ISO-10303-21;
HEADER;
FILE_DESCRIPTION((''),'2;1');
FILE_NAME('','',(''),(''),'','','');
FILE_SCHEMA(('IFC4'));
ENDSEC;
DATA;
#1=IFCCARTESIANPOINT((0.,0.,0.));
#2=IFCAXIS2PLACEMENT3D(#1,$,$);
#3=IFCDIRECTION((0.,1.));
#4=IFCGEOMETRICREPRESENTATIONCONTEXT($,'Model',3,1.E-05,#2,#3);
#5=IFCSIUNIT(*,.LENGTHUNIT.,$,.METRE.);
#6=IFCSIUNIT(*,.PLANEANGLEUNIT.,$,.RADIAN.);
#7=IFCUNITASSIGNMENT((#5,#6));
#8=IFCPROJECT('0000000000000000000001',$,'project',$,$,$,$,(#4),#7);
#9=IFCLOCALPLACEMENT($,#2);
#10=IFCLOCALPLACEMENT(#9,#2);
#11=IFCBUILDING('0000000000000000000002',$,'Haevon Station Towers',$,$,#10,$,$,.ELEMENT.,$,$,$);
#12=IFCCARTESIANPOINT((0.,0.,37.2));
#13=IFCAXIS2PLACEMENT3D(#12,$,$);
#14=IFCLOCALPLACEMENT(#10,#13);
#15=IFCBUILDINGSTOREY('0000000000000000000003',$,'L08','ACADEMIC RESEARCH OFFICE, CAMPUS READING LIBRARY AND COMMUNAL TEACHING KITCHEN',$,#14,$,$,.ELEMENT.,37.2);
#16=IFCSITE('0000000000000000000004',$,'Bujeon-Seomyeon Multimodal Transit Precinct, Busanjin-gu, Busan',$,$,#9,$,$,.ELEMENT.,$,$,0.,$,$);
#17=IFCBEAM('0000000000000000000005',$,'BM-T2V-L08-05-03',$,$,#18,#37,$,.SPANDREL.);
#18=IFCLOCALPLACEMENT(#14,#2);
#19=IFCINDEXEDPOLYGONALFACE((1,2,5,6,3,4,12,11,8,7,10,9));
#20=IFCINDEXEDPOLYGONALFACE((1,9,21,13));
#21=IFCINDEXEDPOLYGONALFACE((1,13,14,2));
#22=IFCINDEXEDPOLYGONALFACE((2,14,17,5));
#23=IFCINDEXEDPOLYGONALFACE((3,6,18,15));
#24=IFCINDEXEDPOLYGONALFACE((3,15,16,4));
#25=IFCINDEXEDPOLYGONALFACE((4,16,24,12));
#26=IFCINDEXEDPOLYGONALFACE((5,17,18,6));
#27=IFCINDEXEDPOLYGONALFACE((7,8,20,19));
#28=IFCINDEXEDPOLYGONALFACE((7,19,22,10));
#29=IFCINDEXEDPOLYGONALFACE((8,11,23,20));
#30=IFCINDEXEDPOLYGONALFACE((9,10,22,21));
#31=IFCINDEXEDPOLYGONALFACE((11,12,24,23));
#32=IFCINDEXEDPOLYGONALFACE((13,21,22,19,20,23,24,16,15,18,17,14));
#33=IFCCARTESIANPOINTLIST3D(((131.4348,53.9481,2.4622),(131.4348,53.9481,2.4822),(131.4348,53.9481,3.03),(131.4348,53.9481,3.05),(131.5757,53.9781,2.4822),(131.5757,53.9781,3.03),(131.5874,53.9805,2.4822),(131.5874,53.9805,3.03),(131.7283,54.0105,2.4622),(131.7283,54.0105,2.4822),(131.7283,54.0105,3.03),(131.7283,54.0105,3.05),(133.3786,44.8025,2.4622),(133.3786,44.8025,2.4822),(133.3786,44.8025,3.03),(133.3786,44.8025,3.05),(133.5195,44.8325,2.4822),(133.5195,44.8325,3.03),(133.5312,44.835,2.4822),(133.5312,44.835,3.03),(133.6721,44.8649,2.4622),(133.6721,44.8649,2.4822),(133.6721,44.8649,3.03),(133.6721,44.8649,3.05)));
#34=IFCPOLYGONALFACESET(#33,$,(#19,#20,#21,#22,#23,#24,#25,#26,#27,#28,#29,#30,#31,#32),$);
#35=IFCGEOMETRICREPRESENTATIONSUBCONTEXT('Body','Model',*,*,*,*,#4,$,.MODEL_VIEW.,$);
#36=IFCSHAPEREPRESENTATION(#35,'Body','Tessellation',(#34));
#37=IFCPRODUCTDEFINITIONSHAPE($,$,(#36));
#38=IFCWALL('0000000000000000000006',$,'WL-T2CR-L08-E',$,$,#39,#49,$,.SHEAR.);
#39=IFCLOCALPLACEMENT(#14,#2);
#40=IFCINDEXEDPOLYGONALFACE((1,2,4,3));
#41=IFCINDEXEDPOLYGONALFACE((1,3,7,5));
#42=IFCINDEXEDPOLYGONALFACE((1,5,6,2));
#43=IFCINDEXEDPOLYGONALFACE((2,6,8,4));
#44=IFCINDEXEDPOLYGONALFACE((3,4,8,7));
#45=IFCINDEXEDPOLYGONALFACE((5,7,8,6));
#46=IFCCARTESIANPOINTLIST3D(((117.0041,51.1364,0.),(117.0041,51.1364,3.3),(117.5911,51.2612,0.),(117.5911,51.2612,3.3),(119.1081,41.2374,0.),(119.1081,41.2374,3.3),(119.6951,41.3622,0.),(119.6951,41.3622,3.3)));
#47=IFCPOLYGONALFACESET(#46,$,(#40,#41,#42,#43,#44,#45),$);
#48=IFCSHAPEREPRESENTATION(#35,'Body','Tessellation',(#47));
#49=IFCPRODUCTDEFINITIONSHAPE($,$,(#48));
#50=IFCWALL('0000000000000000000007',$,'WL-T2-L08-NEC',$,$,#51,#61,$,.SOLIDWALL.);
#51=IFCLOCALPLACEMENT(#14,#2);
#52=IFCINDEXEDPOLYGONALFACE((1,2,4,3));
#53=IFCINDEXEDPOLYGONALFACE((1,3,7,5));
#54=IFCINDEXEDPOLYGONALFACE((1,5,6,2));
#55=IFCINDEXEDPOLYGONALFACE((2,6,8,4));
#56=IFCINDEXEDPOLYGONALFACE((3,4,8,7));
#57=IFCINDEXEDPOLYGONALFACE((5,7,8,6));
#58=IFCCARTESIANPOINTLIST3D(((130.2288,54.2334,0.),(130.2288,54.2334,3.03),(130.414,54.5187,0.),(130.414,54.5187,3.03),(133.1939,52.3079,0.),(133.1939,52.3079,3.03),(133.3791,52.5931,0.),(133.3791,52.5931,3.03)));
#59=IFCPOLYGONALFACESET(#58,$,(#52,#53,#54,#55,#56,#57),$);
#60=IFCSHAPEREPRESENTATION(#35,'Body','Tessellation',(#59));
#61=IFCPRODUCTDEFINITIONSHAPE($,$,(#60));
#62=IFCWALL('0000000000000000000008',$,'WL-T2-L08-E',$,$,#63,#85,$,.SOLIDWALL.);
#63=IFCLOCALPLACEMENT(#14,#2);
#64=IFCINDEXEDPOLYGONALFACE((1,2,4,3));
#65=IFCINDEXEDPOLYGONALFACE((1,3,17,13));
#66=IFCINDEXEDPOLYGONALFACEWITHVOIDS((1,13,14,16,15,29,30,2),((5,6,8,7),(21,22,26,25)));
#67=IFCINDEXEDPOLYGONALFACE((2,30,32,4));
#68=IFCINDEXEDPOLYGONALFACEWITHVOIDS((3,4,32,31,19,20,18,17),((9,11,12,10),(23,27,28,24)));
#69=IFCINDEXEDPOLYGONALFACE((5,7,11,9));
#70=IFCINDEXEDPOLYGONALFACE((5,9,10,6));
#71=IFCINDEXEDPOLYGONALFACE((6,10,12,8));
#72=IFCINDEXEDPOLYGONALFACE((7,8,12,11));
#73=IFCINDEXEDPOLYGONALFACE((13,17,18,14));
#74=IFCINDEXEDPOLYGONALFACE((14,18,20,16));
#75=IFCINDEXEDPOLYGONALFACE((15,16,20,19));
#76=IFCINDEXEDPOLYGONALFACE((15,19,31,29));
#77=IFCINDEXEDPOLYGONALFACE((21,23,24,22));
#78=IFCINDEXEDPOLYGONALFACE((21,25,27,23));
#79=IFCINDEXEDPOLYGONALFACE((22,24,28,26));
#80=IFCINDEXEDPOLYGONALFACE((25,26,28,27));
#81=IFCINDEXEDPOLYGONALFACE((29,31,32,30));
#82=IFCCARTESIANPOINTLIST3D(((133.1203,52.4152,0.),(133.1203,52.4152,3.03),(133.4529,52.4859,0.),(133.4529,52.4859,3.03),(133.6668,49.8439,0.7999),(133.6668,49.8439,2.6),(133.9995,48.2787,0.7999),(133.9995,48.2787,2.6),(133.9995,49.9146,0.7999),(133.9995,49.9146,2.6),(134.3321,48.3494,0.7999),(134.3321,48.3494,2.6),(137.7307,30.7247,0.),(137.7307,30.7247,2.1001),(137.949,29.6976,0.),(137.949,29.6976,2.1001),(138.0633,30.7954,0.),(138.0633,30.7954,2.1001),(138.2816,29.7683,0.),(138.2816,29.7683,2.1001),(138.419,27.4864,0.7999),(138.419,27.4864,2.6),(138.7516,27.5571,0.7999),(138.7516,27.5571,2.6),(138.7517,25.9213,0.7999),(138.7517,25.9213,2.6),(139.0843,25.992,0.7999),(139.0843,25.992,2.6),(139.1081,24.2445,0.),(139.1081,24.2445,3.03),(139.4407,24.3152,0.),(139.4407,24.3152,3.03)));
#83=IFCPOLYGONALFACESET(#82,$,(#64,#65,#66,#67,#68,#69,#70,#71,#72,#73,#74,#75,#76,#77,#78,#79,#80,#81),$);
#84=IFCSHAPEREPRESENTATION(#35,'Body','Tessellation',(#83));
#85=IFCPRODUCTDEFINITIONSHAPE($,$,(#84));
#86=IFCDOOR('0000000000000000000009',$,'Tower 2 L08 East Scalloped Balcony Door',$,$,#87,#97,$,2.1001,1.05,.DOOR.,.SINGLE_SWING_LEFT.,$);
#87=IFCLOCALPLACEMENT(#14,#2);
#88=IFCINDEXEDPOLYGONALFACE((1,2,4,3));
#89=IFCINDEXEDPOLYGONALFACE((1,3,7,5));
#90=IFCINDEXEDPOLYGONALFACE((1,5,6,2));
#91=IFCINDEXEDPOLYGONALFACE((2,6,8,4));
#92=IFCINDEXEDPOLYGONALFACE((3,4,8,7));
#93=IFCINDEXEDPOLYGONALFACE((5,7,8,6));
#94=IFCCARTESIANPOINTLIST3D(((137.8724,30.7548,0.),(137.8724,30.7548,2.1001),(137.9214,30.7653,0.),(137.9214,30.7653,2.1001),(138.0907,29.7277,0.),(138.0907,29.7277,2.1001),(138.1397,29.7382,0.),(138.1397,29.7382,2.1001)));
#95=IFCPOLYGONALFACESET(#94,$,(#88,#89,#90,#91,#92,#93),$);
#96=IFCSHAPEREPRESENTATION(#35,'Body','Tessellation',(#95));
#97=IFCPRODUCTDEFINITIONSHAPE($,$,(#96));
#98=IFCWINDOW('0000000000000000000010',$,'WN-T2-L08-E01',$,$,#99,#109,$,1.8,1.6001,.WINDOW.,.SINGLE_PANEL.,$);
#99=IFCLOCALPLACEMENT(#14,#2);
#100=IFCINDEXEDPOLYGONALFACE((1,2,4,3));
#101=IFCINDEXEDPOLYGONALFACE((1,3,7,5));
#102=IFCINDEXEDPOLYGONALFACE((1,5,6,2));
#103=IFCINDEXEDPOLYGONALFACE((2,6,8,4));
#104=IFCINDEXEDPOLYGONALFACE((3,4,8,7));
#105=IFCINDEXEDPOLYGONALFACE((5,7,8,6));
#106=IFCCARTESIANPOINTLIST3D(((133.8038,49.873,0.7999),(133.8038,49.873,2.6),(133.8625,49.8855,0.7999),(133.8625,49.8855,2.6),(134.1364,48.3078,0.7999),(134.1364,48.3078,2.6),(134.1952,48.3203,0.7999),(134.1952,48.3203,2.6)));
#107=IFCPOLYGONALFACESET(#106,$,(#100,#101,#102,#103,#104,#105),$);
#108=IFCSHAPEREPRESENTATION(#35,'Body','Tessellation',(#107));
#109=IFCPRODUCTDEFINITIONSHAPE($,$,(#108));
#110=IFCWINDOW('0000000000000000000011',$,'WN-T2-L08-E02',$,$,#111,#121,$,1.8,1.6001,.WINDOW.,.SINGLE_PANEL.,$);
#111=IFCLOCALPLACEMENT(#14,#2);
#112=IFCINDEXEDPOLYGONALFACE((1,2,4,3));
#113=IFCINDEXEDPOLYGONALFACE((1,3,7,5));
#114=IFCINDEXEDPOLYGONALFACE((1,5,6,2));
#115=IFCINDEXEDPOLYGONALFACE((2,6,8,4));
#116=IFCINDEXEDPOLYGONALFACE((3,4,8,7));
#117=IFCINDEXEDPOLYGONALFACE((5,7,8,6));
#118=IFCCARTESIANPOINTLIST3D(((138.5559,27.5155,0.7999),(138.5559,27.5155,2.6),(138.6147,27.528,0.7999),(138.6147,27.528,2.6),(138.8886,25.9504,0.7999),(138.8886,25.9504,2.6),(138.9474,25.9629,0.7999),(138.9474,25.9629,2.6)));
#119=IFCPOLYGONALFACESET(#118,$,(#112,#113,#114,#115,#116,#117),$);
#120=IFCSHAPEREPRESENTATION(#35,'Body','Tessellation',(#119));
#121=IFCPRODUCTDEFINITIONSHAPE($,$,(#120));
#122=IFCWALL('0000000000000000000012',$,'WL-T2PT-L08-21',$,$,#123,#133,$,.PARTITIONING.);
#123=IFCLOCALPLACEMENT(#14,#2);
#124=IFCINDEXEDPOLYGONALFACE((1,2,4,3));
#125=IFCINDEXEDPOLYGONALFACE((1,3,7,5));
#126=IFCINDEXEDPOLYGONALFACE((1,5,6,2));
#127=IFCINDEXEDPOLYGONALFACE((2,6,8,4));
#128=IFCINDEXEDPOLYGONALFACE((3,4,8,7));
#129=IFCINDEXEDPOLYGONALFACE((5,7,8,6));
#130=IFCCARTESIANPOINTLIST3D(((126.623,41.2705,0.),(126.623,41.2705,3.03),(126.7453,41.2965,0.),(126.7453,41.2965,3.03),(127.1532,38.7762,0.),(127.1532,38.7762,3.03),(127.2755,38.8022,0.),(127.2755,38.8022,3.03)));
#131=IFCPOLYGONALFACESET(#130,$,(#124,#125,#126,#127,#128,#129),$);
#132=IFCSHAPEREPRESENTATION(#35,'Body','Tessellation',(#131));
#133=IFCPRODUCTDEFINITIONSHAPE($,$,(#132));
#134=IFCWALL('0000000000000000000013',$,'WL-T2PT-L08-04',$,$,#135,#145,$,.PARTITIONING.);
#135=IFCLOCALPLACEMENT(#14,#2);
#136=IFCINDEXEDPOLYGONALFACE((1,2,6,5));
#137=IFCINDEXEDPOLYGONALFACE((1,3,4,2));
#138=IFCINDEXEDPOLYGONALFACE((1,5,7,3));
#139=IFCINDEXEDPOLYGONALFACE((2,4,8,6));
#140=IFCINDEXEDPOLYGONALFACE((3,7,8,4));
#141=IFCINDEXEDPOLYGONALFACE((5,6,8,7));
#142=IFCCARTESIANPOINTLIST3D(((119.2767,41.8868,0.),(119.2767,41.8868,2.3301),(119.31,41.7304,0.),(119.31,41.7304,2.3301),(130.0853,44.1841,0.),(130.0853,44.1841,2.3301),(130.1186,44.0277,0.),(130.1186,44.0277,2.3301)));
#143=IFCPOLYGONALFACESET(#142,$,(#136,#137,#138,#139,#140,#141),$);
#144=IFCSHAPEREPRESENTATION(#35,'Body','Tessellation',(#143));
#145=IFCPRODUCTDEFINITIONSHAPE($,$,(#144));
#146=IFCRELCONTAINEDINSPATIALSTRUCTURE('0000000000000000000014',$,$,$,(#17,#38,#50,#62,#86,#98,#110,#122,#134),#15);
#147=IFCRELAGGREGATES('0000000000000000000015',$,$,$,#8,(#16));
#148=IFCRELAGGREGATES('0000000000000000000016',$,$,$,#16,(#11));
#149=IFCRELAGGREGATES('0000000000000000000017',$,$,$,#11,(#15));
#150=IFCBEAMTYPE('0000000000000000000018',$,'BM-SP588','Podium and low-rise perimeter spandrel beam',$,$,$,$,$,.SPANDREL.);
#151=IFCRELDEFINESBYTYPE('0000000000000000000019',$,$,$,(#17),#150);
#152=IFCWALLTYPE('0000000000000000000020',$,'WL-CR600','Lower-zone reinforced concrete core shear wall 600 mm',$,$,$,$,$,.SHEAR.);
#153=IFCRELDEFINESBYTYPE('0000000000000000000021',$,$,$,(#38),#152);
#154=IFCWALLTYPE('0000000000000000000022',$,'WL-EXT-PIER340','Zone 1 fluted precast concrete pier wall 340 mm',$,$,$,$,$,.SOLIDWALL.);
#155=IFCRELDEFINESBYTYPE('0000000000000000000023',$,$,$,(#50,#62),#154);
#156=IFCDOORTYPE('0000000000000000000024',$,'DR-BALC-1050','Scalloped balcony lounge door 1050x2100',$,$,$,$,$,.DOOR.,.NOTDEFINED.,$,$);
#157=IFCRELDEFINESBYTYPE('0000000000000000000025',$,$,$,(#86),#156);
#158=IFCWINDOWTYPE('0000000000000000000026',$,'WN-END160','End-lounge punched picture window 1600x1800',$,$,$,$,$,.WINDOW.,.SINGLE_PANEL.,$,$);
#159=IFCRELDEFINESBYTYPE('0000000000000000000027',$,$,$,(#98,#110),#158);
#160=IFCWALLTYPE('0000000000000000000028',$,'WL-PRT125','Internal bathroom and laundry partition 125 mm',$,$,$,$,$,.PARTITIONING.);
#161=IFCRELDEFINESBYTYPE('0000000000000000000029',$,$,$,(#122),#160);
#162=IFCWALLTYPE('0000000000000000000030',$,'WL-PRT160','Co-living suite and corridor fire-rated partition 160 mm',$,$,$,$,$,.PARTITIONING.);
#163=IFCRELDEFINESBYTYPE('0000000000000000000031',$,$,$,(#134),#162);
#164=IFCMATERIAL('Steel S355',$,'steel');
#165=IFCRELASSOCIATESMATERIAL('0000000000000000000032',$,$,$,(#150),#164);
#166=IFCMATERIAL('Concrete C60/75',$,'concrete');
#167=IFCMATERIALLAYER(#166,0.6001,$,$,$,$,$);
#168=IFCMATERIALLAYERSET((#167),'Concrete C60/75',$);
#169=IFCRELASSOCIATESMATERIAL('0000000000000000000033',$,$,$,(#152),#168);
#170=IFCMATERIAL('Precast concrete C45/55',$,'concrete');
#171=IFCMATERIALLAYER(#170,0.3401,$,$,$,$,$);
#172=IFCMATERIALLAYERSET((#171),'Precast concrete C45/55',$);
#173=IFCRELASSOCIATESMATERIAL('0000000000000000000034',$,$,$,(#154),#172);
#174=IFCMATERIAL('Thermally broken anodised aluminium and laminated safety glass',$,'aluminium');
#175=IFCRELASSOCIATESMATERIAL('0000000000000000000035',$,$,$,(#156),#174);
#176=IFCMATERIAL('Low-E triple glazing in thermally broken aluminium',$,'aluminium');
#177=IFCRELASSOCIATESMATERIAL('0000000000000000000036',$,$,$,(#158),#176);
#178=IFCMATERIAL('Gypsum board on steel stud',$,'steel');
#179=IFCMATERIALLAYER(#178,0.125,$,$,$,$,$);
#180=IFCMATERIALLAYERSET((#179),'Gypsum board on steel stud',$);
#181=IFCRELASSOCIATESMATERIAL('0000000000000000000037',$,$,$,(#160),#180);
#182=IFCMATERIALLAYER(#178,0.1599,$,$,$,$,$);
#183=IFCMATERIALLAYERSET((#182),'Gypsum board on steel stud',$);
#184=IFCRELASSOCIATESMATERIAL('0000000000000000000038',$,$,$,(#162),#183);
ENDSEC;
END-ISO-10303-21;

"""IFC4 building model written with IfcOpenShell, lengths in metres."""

from ifc_helpers import new_model, si_unit, direction, frame, frame_2d, origin, origin_2d, place, context, subcontext, project, spatial, rectangle, i_section, extrude, material, layer, layer_set, material_profile, profile_set, type_object, element, fill, save


model = new_model("IFC4")

# Units and contexts
model_context = context("Model", 3, precision=1e-05, world=origin(), true_north=direction((0.0, 1.0)))
body_context = subcontext(model_context, "Body", "Model", "MODEL_VIEW")
ifc_project = project(units=[si_unit("LENGTHUNIT", "METRE"), si_unit("PLANEANGLEUNIT", "RADIAN")], contexts=[model_context])

# Site, building, storey
site_placement = place(None, origin())
site = spatial("IfcSite", under=ifc_project, at=site_placement, Name="Bujeon-Seomyeon Multimodal Transit Precinct, Busanjin-gu, Busan", CompositionType="ELEMENT", RefElevation=0.0)
building_placement = place(site_placement, origin())
building = spatial("IfcBuilding", under=site, at=building_placement, Name="Haevon Station Towers", CompositionType="ELEMENT")
storey_placement = place(building_placement, frame((0.0, 0.0, 37.2)))
storey = spatial("IfcBuildingStorey", under=building, at=storey_placement, Name="L08", Description="ACADEMIC RESEARCH OFFICE, CAMPUS READING LIBRARY AND COMMUNAL TEACHING KITCHEN", CompositionType="ELEMENT", Elevation=37.2)

# Beam
ifc_material_1 = material(Name="Steel S355", Category="steel")
ifc_material_profile_1 = material_profile(ifc_material_1, i_section(OverallWidth=0.3, OverallDepth=0.5879, WebThickness=0.012, FlangeThickness=0.02, at=origin_2d()), Name="H-588x300x12x20")
ifc_profile_set_1 = profile_set([ifc_material_profile_1], Name="Steel S355")
beam_type_1 = type_object("IfcBeamType", Name="BM-SP588", Description="Podium and low-rise perimeter spandrel beam", PredefinedType="SPANDREL", material=ifc_profile_set_1)
beam_1_placement = place(storey_placement, frame((133.5254, 44.8337, 2.7561), z_axis=(-0.207902, 0.97815, 0.0), x_axis=(-0.97815, -0.207902, 0.0)))
element("IfcBeam", 1, at=beam_1_placement, inside=storey, type_object=beam_type_1, Name="BM-T2V-L08-05-03", PredefinedType="SPANDREL", context=body_context, shape_type="SweptSolid", body=[
    extrude(i_section(OverallWidth=0.3, OverallDepth=0.5879, WebThickness=0.012, FlangeThickness=0.02, at=origin_2d()), origin(), (0.0, 0.0, 1.0), 9.3499),
])

# Walls
ifc_material_2 = material(Name="Concrete C60/75", Category="concrete")
ifc_layer_1 = layer(ifc_material_2, 0.6001)
ifc_layer_set_1 = layer_set([ifc_layer_1], Name="Concrete C60/75")
wall_type_1 = type_object("IfcWallType", Name="WL-CR600", Description="Lower-zone reinforced concrete core shear wall 600 mm", PredefinedType="SHEAR", material=ifc_layer_set_1)
wall_1_placement = place(storey_placement, frame((119.4016, 41.2998, 0.0), z_axis=(0.0, 0.0, 1.0), x_axis=(-0.207904, 0.978149, 0.0)))
element("IfcWall", 2, at=wall_1_placement, inside=storey, type_object=wall_type_1, Name="WL-T2CR-L08-E", PredefinedType="SHEAR", context=body_context, shape_type="SweptSolid", body=[
    extrude(rectangle(XDim=10.1201, YDim=0.6001, at=frame_2d((5.0601, 0.0))), origin(), (0.0, 0.0, 1.0), 3.3),
])
ifc_material_3 = material(Name="Precast concrete C45/55", Category="concrete")
ifc_layer_2 = layer(ifc_material_3, 0.3401)
ifc_layer_set_2 = layer_set([ifc_layer_2], Name="Precast concrete C45/55")
wall_type_2 = type_object("IfcWallType", Name="WL-EXT-PIER340", Description="Zone 1 fluted precast concrete pier wall 340 mm", PredefinedType="SOLIDWALL", material=ifc_layer_set_2)
wall_2_placement = place(storey_placement, frame((130.3215, 54.376, 0.0), z_axis=(0.0, 0.0, 1.0), x_axis=(0.838672, -0.544636, 0.0)))
element("IfcWall", 3, at=wall_2_placement, inside=storey, type_object=wall_type_2, Name="WL-T2-L08-NEC", PredefinedType="SOLIDWALL", context=body_context, shape_type="SweptSolid", body=[
    extrude(rectangle(XDim=3.5354, YDim=0.3401, at=frame_2d((1.7676, 0.0))), origin(), (0.0, 0.0, 1.0), 3.03),
])

# Wall, openings, door, windows
wall_3_placement = place(storey_placement, frame((133.2866, 52.4504, 0.0), z_axis=(0.0, 0.0, 1.0), x_axis=(0.20791, -0.978148, 0.0)))
wall_3 = element("IfcWall", 4, at=wall_3_placement, inside=storey, type_object=wall_type_2, Name="WL-T2-L08-E", PredefinedType="SOLIDWALL", context=body_context, shape_type="SweptSolid", body=[
    extrude(rectangle(XDim=28.8, YDim=0.3401, at=frame_2d((14.3999, 0.0))), origin(), (0.0, 0.0, 1.0), 3.03),
])
opening_1_placement = place(wall_3_placement, frame((22.175, 0.0, 0.0)))
opening_1 = element("IfcOpeningElement", 5, at=opening_1_placement, cuts=wall_3, PredefinedType="OPENING", context=body_context, shape_type="SweptSolid", body=[
    extrude(rectangle(XDim=1.05, YDim=2.1001, at=frame_2d((0.5249, 1.05))), frame((0.0, 0.1799, 0.0), z_axis=(0.0, -1.0, 0.0), x_axis=(1.0, 0.0, 0.0)), (0.0, 0.0, 1.0), 0.3601),
])
opening_2_placement = place(wall_3_placement, frame((2.6287, 0.0, 0.8)))
opening_2 = element("IfcOpeningElement", 6, at=opening_2_placement, cuts=wall_3, PredefinedType="OPENING", context=body_context, shape_type="SweptSolid", body=[
    extrude(rectangle(XDim=1.6001, YDim=1.8, at=frame_2d((0.8, 0.8999))), frame((0.0, 0.1799, 0.0), z_axis=(0.0, -1.0, 0.0), x_axis=(1.0, 0.0, 0.0)), (0.0, 0.0, 1.0), 0.3601),
])
opening_3_placement = place(wall_3_placement, frame((25.4856, 0.0, 0.8)))
opening_3 = element("IfcOpeningElement", 7, at=opening_3_placement, cuts=wall_3, PredefinedType="OPENING", context=body_context, shape_type="SweptSolid", body=[
    extrude(rectangle(XDim=1.6001, YDim=1.8, at=frame_2d((0.8, 0.8999))), frame((0.0, 0.1799, 0.0), z_axis=(0.0, -1.0, 0.0), x_axis=(1.0, 0.0, 0.0)), (0.0, 0.0, 1.0), 0.3601),
])
ifc_material_4 = material(Name="Thermally broken anodised aluminium and laminated safety glass", Category="aluminium")
door_type = type_object("IfcDoorType", Name="DR-BALC-1050", Description="Scalloped balcony lounge door 1050x2100", OperationType="NOTDEFINED", PredefinedType="DOOR", material=ifc_material_4)
door_placement = place(opening_1_placement, origin())
door = element("IfcDoor", 8, at=door_placement, inside=storey, type_object=door_type, Name="Tower 2 L08 East Scalloped Balcony Door", OperationType="SINGLE_SWING_LEFT", OverallHeight=2.1001, OverallWidth=1.05, PredefinedType="DOOR", context=body_context, shape_type="SweptSolid", body=[
    extrude(rectangle(XDim=1.05, YDim=2.1001, at=frame_2d((0.5249, 1.05))), frame((0.0, 0.0249, 0.0), z_axis=(0.0, -1.0, 0.0), x_axis=(1.0, 0.0, 0.0)), (0.0, 0.0, 1.0), 0.05),
])
fill(opening_1, door)
ifc_material_5 = material(Name="Low-E triple glazing in thermally broken aluminium", Category="aluminium")
window_type = type_object("IfcWindowType", Name="WN-END160", Description="End-lounge punched picture window 1600x1800", PartitioningType="SINGLE_PANEL", PredefinedType="WINDOW", material=ifc_material_5)
window_1_placement = place(opening_2_placement, origin())
window_1 = element("IfcWindow", 9, at=window_1_placement, inside=storey, type_object=window_type, Name="WN-T2-L08-E01", OverallHeight=1.8, OverallWidth=1.6001, PartitioningType="SINGLE_PANEL", PredefinedType="WINDOW", context=body_context, shape_type="SweptSolid", body=[
    extrude(rectangle(XDim=1.6001, YDim=1.8, at=frame_2d((0.8, 0.8999))), frame((0.0, 0.03, 0.0), z_axis=(0.0, -1.0, 0.0), x_axis=(1.0, 0.0, 0.0)), (0.0, 0.0, 1.0), 0.0601),
])
fill(opening_2, window_1)
window_2_placement = place(opening_3_placement, origin())
window_2 = element("IfcWindow", 10, at=window_2_placement, inside=storey, type_object=window_type, Name="WN-T2-L08-E02", OverallHeight=1.8, OverallWidth=1.6001, PartitioningType="SINGLE_PANEL", PredefinedType="WINDOW", context=body_context, shape_type="SweptSolid", body=[
    extrude(rectangle(XDim=1.6001, YDim=1.8, at=frame_2d((0.8, 0.8999))), frame((0.0, 0.03, 0.0), z_axis=(0.0, -1.0, 0.0), x_axis=(1.0, 0.0, 0.0)), (0.0, 0.0, 1.0), 0.0601),
])
fill(opening_3, window_2)

# Walls
ifc_material_6 = material(Name="Gypsum board on steel stud", Category="steel")
ifc_layer_3 = layer(ifc_material_6, 0.125)
ifc_layer_set_3 = layer_set([ifc_layer_3], Name="Gypsum board on steel stud")
wall_type_3 = type_object("IfcWallType", Name="WL-PRT125", Description="Internal bathroom and laundry partition 125 mm", PredefinedType="PARTITIONING", material=ifc_layer_set_3)
wall_4_placement = place(storey_placement, frame((127.2144, 38.7893, 0.0), z_axis=(0.0, 0.0, 1.0), x_axis=(-0.20794, 0.978142, 0.0)))
element("IfcWall", 11, at=wall_4_placement, inside=storey, type_object=wall_type_3, Name="WL-T2PT-L08-21", PredefinedType="PARTITIONING", context=body_context, shape_type="SweptSolid", body=[
    extrude(rectangle(XDim=2.55, YDim=0.125, at=frame_2d((1.2749, 0.0))), origin(), (0.0, 0.0, 1.0), 3.03),
])
ifc_layer_4 = layer(ifc_material_6, 0.1599)
ifc_layer_set_4 = layer_set([ifc_layer_4], Name="Gypsum board on steel stud")
wall_type_4 = type_object("IfcWallType", Name="WL-PRT160", Description="Co-living suite and corridor fire-rated partition 160 mm", PredefinedType="PARTITIONING", material=ifc_layer_set_4)
wall_5_placement = place(storey_placement, frame((119.2935, 41.8086, 0.0), z_axis=(0.0, 0.0, 1.0), x_axis=(0.978149, 0.207905, 0.0)))
element("IfcWall", 12, at=wall_5_placement, inside=storey, type_object=wall_type_4, Name="WL-T2PT-L08-04", PredefinedType="PARTITIONING", context=body_context, shape_type="SweptSolid", body=[
    extrude(rectangle(XDim=11.05, YDim=0.1599, at=frame_2d((5.5249, 0.0))), origin(), (0.0, 0.0, 1.0), 2.3301),
])

save(model, "model.ifc")
